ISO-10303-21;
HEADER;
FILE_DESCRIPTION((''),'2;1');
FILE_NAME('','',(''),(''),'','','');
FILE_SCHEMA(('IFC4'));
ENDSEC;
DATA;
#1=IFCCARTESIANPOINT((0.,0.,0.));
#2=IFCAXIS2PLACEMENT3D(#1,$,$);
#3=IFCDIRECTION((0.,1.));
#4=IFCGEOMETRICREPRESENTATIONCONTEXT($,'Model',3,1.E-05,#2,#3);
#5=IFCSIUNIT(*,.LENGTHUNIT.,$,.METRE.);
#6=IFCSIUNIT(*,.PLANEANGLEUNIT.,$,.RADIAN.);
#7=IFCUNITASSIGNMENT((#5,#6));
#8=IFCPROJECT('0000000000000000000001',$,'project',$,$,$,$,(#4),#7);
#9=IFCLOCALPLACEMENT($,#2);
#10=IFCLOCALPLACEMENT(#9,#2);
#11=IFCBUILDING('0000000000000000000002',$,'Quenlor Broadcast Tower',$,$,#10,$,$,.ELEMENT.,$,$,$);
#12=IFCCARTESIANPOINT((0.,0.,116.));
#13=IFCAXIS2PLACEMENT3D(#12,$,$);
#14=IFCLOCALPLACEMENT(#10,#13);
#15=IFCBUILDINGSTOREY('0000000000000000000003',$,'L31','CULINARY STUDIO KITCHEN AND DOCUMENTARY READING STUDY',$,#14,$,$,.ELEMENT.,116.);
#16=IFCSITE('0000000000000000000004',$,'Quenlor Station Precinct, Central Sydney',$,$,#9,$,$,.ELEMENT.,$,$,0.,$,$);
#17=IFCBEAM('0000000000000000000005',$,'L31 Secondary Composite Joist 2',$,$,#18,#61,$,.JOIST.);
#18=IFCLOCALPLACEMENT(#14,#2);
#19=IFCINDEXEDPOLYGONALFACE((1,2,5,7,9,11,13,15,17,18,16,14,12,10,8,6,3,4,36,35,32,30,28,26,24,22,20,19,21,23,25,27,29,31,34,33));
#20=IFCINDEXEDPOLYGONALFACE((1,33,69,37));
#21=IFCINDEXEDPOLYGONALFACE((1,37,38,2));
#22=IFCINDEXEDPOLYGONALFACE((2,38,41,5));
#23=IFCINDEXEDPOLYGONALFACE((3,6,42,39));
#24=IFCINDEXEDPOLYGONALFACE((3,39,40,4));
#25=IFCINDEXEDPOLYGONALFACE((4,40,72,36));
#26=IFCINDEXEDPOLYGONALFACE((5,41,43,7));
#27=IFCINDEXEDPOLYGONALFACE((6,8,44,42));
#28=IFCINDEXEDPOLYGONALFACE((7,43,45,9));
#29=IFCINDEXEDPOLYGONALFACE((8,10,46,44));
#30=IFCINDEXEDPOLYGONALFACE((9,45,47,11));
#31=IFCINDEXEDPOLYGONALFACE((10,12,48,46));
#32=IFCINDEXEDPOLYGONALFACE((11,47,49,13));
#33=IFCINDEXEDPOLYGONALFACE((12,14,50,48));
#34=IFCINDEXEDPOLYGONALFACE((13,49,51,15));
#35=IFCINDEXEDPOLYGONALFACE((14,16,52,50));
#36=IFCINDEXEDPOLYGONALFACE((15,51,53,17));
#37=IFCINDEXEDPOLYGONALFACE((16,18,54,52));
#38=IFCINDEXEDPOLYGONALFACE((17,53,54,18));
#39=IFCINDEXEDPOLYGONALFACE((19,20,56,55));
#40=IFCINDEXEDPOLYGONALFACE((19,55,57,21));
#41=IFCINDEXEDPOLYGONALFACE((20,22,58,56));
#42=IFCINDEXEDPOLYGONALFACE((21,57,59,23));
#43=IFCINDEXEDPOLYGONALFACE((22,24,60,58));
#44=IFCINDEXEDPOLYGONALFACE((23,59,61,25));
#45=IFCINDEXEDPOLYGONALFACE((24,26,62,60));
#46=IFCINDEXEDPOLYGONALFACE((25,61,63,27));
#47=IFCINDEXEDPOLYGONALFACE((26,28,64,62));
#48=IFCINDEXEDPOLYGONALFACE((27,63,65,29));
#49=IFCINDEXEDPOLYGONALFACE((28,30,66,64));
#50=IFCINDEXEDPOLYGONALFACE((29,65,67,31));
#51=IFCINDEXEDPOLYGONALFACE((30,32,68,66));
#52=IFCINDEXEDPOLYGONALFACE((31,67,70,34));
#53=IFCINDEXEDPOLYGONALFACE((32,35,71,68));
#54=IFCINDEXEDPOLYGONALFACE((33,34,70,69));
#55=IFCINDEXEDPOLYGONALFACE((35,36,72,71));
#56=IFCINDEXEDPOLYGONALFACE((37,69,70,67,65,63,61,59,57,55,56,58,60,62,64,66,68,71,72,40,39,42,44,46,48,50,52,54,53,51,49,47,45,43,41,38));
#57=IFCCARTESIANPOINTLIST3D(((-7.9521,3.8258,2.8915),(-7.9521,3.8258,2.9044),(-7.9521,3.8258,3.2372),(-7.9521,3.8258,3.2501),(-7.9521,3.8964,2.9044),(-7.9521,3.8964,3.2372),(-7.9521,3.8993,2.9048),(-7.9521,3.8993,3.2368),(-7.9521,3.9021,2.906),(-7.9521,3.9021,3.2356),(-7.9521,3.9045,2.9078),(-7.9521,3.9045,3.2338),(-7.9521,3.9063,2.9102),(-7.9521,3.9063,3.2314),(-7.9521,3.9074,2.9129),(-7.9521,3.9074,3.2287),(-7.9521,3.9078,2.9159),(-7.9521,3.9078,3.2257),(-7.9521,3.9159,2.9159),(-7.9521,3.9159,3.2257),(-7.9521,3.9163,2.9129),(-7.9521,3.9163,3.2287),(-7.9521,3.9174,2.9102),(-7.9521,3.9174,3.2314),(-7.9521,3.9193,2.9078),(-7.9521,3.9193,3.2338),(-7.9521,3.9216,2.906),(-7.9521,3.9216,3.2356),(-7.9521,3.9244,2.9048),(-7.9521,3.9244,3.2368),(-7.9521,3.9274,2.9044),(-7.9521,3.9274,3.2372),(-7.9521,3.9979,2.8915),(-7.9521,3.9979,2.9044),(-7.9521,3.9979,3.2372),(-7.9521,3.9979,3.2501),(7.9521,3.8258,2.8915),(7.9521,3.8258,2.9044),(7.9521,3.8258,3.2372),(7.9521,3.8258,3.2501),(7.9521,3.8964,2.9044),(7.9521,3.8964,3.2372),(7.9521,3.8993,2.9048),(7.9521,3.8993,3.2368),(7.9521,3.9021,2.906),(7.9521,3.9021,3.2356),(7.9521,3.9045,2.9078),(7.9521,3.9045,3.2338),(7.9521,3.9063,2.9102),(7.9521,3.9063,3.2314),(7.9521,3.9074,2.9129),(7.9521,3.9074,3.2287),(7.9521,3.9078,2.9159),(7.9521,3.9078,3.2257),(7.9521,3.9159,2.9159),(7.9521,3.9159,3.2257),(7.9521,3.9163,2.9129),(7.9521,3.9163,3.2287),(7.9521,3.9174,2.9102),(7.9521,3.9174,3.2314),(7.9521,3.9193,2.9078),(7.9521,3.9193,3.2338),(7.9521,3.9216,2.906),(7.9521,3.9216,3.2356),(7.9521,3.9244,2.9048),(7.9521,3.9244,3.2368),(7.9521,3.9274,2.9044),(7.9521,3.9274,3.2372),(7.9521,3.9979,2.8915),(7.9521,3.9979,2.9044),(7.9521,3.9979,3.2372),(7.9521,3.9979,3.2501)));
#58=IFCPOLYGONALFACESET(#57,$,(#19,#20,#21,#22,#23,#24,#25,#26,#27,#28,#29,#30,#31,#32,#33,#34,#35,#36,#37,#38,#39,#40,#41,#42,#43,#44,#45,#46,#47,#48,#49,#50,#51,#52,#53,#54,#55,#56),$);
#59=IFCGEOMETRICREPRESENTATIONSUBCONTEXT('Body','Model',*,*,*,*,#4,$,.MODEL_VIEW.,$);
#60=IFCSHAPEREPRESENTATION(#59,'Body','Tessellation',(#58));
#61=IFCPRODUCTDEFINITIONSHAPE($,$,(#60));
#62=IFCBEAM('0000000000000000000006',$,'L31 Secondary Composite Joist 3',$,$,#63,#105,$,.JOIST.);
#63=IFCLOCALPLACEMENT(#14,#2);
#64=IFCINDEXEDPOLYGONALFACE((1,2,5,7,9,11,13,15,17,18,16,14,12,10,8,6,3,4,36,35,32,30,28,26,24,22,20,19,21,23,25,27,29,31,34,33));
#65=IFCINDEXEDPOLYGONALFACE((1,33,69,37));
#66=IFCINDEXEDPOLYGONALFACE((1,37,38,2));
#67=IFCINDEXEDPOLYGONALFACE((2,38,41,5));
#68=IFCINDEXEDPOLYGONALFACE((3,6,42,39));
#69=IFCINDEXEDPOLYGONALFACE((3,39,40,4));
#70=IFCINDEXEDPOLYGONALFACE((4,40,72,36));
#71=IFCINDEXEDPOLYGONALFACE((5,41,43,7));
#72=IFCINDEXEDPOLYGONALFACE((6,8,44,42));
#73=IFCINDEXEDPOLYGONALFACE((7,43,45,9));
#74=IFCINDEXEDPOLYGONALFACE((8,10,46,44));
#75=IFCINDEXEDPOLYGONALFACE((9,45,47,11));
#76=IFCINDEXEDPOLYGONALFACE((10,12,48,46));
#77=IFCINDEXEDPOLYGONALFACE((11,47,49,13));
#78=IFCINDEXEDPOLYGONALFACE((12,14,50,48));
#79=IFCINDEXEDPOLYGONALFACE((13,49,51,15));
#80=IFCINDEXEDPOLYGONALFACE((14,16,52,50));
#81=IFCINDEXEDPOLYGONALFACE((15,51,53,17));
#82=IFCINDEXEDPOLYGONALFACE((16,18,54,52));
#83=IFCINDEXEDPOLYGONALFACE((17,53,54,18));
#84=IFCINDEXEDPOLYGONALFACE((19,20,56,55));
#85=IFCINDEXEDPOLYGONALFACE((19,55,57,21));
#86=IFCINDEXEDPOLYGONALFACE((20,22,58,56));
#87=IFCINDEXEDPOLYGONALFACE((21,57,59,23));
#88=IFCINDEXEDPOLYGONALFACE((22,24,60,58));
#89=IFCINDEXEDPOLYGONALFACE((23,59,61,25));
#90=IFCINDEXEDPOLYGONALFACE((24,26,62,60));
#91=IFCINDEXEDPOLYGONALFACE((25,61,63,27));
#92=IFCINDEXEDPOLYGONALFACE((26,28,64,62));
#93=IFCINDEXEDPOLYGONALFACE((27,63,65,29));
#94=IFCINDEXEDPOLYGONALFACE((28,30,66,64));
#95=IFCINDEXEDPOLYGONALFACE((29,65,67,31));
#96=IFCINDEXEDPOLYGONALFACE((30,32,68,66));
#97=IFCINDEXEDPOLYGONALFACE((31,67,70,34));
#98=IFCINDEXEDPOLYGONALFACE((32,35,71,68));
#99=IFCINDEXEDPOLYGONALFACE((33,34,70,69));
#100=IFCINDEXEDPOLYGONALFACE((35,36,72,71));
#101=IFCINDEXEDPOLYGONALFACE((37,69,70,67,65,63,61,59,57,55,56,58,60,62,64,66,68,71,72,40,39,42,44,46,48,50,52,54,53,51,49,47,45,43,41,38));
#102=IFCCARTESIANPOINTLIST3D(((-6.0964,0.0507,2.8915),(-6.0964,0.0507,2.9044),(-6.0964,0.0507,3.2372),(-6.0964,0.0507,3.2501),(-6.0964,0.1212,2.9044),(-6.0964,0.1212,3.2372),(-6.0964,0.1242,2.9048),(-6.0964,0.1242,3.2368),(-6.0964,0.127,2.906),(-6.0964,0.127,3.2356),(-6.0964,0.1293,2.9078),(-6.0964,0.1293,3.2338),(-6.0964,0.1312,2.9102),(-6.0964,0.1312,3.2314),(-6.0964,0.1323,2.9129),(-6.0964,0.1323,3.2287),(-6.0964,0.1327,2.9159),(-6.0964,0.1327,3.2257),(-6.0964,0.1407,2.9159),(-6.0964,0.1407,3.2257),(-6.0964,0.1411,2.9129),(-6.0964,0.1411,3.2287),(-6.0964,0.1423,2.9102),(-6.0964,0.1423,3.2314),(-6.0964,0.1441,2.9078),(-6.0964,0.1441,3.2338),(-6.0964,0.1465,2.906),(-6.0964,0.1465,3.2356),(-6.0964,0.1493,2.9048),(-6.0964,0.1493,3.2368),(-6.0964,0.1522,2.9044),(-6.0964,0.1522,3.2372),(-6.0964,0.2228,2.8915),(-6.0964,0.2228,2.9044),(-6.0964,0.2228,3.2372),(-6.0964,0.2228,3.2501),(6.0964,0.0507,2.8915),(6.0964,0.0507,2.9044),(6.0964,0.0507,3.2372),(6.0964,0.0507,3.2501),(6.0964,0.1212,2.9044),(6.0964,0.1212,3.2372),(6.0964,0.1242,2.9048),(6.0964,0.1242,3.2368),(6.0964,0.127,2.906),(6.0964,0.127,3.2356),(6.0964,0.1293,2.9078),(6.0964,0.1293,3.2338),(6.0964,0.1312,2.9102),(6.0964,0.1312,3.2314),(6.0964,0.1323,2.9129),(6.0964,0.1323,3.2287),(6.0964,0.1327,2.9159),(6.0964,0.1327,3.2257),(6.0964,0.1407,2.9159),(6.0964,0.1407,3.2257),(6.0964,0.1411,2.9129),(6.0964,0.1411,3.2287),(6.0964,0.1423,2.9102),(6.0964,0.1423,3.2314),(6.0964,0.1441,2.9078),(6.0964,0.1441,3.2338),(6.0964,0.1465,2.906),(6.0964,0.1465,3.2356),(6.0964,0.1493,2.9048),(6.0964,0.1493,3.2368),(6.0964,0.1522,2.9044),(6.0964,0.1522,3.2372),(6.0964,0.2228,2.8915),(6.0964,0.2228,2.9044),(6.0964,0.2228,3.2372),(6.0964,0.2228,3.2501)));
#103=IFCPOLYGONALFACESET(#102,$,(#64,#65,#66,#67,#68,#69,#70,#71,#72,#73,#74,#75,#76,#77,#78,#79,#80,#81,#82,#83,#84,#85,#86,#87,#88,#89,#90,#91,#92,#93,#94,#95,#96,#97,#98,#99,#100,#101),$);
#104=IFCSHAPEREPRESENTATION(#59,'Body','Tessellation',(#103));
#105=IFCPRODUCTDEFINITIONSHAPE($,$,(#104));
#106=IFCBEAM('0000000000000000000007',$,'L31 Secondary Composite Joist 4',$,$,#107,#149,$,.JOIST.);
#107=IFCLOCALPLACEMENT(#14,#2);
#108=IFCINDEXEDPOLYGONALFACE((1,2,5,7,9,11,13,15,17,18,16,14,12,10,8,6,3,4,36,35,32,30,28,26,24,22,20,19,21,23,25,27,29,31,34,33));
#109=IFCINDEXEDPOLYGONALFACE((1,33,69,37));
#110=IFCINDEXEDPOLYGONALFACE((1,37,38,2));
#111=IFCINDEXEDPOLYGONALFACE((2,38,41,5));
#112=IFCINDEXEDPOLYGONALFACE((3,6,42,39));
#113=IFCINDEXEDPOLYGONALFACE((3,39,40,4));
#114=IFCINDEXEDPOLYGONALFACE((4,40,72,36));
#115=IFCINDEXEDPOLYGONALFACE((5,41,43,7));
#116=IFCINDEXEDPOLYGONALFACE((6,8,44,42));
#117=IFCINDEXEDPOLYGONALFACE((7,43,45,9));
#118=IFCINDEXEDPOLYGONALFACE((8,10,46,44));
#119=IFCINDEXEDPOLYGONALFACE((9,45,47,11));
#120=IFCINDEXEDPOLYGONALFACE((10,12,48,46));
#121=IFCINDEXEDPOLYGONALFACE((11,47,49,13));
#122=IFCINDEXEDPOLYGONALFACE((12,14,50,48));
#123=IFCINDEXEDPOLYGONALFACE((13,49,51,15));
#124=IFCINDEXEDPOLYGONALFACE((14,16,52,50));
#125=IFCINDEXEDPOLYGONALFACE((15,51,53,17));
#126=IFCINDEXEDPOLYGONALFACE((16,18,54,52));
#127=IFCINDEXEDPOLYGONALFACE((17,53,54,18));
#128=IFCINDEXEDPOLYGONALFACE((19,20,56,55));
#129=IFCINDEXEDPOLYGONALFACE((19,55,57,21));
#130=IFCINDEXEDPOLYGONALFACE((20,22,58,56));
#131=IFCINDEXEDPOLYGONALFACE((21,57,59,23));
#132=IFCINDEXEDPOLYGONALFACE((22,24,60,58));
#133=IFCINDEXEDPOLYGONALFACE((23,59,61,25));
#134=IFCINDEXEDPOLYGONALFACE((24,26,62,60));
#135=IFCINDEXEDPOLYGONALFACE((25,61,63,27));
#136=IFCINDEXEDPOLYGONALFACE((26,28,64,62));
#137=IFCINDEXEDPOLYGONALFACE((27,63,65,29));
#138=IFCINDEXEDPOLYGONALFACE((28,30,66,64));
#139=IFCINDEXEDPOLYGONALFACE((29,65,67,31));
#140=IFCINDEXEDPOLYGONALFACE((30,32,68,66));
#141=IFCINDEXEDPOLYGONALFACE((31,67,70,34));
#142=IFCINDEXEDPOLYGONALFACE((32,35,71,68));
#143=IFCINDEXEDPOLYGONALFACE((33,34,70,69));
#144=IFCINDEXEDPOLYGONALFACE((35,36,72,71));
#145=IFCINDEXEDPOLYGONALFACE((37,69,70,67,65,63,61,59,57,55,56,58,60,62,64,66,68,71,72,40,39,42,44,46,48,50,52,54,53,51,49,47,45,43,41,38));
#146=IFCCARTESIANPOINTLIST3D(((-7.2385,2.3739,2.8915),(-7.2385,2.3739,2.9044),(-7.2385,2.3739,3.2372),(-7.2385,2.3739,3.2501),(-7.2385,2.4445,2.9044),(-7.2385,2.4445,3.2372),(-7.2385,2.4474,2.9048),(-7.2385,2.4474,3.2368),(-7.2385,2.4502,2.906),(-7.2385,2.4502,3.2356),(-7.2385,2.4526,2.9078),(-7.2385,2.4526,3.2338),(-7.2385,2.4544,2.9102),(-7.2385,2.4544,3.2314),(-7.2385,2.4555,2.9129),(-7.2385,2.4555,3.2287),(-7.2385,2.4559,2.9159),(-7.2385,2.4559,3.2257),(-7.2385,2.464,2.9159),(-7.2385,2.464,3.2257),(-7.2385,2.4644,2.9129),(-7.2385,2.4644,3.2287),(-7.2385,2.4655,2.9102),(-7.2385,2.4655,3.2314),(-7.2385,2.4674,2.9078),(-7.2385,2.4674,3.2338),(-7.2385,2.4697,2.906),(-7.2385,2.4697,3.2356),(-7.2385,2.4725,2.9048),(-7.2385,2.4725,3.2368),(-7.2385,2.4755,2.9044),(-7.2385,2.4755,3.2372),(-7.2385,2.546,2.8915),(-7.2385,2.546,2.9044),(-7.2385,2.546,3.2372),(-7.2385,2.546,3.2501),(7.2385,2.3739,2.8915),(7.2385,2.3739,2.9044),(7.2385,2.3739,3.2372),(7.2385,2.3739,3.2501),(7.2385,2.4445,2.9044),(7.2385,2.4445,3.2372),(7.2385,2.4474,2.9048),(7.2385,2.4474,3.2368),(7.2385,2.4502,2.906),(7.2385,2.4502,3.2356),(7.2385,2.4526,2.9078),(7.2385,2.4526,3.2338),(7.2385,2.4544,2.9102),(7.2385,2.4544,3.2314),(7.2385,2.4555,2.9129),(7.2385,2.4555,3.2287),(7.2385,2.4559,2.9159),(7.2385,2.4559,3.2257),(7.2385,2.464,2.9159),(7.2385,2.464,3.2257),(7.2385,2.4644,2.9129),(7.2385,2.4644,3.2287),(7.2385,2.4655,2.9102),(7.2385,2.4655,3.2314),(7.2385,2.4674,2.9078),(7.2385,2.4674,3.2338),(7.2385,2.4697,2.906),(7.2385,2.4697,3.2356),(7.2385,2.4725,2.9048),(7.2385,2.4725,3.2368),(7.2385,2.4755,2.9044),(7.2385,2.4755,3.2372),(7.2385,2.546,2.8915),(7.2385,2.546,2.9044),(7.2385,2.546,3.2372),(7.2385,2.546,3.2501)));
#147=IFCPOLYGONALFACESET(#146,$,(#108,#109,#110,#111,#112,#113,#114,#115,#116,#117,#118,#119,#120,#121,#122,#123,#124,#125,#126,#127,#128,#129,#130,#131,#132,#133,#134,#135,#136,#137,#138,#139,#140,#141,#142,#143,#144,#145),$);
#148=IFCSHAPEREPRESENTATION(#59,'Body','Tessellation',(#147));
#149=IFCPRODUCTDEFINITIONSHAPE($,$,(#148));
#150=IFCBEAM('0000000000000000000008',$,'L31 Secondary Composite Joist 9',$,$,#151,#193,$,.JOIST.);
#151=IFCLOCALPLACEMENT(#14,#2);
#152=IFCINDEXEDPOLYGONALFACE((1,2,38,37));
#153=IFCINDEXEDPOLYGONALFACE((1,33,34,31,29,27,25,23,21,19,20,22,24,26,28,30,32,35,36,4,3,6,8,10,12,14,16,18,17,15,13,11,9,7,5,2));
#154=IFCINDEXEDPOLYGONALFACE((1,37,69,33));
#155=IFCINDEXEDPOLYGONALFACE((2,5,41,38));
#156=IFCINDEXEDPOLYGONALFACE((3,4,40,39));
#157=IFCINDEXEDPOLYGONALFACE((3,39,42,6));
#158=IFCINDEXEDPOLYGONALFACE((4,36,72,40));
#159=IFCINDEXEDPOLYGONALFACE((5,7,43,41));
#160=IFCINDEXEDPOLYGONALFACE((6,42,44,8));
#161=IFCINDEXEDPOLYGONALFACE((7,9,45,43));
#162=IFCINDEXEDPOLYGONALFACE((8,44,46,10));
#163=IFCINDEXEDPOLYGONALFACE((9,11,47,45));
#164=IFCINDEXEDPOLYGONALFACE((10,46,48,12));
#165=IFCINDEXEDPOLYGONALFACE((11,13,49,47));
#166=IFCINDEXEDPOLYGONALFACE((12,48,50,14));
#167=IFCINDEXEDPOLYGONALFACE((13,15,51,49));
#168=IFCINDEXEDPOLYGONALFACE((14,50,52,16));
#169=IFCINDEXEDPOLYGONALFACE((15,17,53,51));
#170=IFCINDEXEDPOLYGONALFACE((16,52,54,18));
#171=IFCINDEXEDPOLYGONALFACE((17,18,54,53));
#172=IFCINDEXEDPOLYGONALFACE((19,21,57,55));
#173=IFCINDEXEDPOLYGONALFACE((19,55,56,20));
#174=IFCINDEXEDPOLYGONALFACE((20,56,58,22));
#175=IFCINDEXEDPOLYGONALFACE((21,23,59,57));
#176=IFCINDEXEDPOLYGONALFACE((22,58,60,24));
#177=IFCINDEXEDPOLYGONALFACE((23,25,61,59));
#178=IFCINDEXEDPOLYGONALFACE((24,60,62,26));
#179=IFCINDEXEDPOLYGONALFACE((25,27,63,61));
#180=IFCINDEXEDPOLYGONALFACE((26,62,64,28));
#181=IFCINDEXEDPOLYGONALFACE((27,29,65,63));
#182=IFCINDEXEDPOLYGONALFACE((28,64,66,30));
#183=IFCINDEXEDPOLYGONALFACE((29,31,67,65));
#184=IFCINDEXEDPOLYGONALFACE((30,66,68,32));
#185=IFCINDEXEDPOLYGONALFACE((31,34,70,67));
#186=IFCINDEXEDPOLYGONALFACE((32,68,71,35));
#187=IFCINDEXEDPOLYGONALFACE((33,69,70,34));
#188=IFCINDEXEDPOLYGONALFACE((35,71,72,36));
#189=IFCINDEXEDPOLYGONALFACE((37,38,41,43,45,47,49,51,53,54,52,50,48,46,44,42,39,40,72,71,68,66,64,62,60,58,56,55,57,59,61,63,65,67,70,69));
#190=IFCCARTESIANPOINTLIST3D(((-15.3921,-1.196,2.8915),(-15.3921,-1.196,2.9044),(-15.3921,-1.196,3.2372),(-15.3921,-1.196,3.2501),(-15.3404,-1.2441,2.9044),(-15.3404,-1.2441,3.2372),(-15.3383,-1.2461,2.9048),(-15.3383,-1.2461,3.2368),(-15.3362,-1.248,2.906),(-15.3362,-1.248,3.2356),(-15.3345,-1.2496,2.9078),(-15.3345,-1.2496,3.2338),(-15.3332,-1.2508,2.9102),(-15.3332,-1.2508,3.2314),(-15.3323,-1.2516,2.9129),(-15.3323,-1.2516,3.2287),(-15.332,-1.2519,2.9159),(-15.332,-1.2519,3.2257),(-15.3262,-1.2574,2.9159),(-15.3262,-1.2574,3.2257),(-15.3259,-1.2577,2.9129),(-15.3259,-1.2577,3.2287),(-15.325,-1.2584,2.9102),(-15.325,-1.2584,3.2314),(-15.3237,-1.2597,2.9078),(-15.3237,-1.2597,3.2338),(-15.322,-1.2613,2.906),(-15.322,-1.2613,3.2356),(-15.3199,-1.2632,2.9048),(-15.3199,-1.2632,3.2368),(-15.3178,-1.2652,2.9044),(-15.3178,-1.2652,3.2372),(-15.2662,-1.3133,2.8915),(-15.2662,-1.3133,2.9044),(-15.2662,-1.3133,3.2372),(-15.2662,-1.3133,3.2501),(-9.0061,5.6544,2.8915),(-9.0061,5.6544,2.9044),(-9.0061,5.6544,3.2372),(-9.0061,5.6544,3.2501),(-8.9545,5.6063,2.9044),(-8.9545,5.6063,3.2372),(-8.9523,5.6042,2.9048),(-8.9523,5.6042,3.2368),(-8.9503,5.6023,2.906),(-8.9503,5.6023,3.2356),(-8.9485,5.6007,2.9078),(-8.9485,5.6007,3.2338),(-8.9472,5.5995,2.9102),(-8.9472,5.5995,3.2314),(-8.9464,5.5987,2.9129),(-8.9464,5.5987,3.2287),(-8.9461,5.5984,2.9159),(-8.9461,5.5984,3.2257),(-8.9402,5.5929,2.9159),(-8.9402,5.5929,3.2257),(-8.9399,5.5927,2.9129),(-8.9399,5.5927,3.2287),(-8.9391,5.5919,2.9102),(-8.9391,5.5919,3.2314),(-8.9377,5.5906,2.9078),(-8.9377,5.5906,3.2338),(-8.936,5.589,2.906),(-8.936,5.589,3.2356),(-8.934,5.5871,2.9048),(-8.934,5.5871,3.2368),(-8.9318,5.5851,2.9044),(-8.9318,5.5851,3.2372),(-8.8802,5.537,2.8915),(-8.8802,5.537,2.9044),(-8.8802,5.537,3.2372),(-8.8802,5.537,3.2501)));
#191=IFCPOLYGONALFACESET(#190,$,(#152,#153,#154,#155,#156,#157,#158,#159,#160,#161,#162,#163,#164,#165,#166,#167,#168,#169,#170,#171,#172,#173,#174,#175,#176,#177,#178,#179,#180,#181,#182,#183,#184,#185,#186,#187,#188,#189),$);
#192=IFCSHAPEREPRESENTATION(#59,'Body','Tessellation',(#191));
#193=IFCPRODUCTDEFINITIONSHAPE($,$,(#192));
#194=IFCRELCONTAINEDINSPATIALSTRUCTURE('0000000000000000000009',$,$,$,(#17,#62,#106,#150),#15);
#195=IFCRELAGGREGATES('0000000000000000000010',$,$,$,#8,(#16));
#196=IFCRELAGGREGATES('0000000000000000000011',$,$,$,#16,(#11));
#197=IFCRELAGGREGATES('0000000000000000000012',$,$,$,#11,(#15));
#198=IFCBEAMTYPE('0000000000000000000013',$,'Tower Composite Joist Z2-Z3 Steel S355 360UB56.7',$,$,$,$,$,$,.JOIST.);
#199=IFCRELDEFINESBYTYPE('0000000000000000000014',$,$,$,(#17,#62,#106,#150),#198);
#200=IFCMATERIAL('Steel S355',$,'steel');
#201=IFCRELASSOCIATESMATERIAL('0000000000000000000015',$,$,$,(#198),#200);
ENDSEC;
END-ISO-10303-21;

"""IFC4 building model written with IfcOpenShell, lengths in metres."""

from ifc_helpers import new_model, si_unit, direction, frame, origin, origin_2d, place, context, subcontext, project, spatial, i_section, extrude, material, material_profile, profile_set, type_object, element, save


model = new_model("IFC4")

# Units and contexts
model_context = context("Model", 3, precision=1e-05, world=origin(), true_north=direction((0.0, 1.0)))
body_context = subcontext(model_context, "Body", "Model", "MODEL_VIEW")
ifc_project = project(units=[si_unit("LENGTHUNIT", "METRE"), si_unit("PLANEANGLEUNIT", "RADIAN")], contexts=[model_context])

# Site, building, storey
site_placement = place(None, origin())
site = spatial("IfcSite", under=ifc_project, at=site_placement, Name="Quenlor Station Precinct, Central Sydney", CompositionType="ELEMENT", RefElevation=0.0)
building_placement = place(site_placement, origin())
building = spatial("IfcBuilding", under=site, at=building_placement, Name="Quenlor Broadcast Tower", CompositionType="ELEMENT")
storey_placement = place(building_placement, frame((0.0, 0.0, 116.0)))
storey = spatial("IfcBuildingStorey", under=building, at=storey_placement, Name="L31", Description="CULINARY STUDIO KITCHEN AND DOCUMENTARY READING STUDY", CompositionType="ELEMENT", Elevation=116.0)

# Beams
ifc_material_1 = material(Name="Steel S355", Category="steel")
ifc_material_profile_1 = material_profile(ifc_material_1, i_section(OverallWidth=0.1721, OverallDepth=0.3586, WebThickness=0.0081, FlangeThickness=0.0129, FilletRadius=0.0115, at=origin_2d()))
ifc_profile_set_1 = profile_set([ifc_material_profile_1], Name="Steel S355 360UB56.7")
beam_type_1 = type_object("IfcBeamType", Name="Tower Composite Joist Z2-Z3 Steel S355 360UB56.7", PredefinedType="JOIST", material=ifc_profile_set_1)
beam_1_placement = place(storey_placement, frame((-7.9521, 3.9119, 3.0708), z_axis=(1.0, 0.0, 0.0), x_axis=(0.0, 1.0, 0.0)))
element("IfcBeam", 1, at=beam_1_placement, inside=storey, type_object=beam_type_1, Name="L31 Secondary Composite Joist 2", PredefinedType="JOIST", context=body_context, shape_type="SweptSolid", body=[
    extrude(i_section(OverallWidth=0.1721, OverallDepth=0.3586, WebThickness=0.0081, FlangeThickness=0.0129, FilletRadius=0.0115, at=origin_2d()), origin(), (0.0, 0.0, 1.0), 15.9043),
])
beam_2_placement = place(storey_placement, frame((-6.0964, 0.1367, 3.0708), z_axis=(1.0, 0.0, 0.0), x_axis=(0.0, 1.0, 0.0)))
element("IfcBeam", 2, at=beam_2_placement, inside=storey, type_object=beam_type_1, Name="L31 Secondary Composite Joist 3", PredefinedType="JOIST", context=body_context, shape_type="SweptSolid", body=[
    extrude(i_section(OverallWidth=0.1721, OverallDepth=0.3586, WebThickness=0.0081, FlangeThickness=0.0129, FilletRadius=0.0115, at=origin_2d()), origin(), (0.0, 0.0, 1.0), 12.1929),
])
beam_3_placement = place(storey_placement, frame((-7.2385, 2.46, 3.0708), z_axis=(1.0, 0.0, 0.0), x_axis=(0.0, 1.0, 0.0)))
element("IfcBeam", 3, at=beam_3_placement, inside=storey, type_object=beam_type_1, Name="L31 Secondary Composite Joist 4", PredefinedType="JOIST", context=body_context, shape_type="SweptSolid", body=[
    extrude(i_section(OverallWidth=0.1721, OverallDepth=0.3586, WebThickness=0.0081, FlangeThickness=0.0129, FilletRadius=0.0115, at=origin_2d()), origin(), (0.0, 0.0, 1.0), 14.4771),
])
beam_4_placement = place(storey_placement, frame((-15.3291, -1.2546, 3.0708), z_axis=(0.681881, 0.731463, 0.0), x_axis=(-0.731463, 0.681881, 0.0)))
element("IfcBeam", 4, at=beam_4_placement, inside=storey, type_object=beam_type_1, Name="L31 Secondary Composite Joist 9", PredefinedType="JOIST", context=body_context, shape_type="SweptSolid", body=[
    extrude(i_section(OverallWidth=0.1721, OverallDepth=0.3586, WebThickness=0.0081, FlangeThickness=0.0129, FilletRadius=0.0115, at=origin_2d()), origin(), (0.0, 0.0, 1.0), 9.3652),
])

save(model, "model.ifc")
